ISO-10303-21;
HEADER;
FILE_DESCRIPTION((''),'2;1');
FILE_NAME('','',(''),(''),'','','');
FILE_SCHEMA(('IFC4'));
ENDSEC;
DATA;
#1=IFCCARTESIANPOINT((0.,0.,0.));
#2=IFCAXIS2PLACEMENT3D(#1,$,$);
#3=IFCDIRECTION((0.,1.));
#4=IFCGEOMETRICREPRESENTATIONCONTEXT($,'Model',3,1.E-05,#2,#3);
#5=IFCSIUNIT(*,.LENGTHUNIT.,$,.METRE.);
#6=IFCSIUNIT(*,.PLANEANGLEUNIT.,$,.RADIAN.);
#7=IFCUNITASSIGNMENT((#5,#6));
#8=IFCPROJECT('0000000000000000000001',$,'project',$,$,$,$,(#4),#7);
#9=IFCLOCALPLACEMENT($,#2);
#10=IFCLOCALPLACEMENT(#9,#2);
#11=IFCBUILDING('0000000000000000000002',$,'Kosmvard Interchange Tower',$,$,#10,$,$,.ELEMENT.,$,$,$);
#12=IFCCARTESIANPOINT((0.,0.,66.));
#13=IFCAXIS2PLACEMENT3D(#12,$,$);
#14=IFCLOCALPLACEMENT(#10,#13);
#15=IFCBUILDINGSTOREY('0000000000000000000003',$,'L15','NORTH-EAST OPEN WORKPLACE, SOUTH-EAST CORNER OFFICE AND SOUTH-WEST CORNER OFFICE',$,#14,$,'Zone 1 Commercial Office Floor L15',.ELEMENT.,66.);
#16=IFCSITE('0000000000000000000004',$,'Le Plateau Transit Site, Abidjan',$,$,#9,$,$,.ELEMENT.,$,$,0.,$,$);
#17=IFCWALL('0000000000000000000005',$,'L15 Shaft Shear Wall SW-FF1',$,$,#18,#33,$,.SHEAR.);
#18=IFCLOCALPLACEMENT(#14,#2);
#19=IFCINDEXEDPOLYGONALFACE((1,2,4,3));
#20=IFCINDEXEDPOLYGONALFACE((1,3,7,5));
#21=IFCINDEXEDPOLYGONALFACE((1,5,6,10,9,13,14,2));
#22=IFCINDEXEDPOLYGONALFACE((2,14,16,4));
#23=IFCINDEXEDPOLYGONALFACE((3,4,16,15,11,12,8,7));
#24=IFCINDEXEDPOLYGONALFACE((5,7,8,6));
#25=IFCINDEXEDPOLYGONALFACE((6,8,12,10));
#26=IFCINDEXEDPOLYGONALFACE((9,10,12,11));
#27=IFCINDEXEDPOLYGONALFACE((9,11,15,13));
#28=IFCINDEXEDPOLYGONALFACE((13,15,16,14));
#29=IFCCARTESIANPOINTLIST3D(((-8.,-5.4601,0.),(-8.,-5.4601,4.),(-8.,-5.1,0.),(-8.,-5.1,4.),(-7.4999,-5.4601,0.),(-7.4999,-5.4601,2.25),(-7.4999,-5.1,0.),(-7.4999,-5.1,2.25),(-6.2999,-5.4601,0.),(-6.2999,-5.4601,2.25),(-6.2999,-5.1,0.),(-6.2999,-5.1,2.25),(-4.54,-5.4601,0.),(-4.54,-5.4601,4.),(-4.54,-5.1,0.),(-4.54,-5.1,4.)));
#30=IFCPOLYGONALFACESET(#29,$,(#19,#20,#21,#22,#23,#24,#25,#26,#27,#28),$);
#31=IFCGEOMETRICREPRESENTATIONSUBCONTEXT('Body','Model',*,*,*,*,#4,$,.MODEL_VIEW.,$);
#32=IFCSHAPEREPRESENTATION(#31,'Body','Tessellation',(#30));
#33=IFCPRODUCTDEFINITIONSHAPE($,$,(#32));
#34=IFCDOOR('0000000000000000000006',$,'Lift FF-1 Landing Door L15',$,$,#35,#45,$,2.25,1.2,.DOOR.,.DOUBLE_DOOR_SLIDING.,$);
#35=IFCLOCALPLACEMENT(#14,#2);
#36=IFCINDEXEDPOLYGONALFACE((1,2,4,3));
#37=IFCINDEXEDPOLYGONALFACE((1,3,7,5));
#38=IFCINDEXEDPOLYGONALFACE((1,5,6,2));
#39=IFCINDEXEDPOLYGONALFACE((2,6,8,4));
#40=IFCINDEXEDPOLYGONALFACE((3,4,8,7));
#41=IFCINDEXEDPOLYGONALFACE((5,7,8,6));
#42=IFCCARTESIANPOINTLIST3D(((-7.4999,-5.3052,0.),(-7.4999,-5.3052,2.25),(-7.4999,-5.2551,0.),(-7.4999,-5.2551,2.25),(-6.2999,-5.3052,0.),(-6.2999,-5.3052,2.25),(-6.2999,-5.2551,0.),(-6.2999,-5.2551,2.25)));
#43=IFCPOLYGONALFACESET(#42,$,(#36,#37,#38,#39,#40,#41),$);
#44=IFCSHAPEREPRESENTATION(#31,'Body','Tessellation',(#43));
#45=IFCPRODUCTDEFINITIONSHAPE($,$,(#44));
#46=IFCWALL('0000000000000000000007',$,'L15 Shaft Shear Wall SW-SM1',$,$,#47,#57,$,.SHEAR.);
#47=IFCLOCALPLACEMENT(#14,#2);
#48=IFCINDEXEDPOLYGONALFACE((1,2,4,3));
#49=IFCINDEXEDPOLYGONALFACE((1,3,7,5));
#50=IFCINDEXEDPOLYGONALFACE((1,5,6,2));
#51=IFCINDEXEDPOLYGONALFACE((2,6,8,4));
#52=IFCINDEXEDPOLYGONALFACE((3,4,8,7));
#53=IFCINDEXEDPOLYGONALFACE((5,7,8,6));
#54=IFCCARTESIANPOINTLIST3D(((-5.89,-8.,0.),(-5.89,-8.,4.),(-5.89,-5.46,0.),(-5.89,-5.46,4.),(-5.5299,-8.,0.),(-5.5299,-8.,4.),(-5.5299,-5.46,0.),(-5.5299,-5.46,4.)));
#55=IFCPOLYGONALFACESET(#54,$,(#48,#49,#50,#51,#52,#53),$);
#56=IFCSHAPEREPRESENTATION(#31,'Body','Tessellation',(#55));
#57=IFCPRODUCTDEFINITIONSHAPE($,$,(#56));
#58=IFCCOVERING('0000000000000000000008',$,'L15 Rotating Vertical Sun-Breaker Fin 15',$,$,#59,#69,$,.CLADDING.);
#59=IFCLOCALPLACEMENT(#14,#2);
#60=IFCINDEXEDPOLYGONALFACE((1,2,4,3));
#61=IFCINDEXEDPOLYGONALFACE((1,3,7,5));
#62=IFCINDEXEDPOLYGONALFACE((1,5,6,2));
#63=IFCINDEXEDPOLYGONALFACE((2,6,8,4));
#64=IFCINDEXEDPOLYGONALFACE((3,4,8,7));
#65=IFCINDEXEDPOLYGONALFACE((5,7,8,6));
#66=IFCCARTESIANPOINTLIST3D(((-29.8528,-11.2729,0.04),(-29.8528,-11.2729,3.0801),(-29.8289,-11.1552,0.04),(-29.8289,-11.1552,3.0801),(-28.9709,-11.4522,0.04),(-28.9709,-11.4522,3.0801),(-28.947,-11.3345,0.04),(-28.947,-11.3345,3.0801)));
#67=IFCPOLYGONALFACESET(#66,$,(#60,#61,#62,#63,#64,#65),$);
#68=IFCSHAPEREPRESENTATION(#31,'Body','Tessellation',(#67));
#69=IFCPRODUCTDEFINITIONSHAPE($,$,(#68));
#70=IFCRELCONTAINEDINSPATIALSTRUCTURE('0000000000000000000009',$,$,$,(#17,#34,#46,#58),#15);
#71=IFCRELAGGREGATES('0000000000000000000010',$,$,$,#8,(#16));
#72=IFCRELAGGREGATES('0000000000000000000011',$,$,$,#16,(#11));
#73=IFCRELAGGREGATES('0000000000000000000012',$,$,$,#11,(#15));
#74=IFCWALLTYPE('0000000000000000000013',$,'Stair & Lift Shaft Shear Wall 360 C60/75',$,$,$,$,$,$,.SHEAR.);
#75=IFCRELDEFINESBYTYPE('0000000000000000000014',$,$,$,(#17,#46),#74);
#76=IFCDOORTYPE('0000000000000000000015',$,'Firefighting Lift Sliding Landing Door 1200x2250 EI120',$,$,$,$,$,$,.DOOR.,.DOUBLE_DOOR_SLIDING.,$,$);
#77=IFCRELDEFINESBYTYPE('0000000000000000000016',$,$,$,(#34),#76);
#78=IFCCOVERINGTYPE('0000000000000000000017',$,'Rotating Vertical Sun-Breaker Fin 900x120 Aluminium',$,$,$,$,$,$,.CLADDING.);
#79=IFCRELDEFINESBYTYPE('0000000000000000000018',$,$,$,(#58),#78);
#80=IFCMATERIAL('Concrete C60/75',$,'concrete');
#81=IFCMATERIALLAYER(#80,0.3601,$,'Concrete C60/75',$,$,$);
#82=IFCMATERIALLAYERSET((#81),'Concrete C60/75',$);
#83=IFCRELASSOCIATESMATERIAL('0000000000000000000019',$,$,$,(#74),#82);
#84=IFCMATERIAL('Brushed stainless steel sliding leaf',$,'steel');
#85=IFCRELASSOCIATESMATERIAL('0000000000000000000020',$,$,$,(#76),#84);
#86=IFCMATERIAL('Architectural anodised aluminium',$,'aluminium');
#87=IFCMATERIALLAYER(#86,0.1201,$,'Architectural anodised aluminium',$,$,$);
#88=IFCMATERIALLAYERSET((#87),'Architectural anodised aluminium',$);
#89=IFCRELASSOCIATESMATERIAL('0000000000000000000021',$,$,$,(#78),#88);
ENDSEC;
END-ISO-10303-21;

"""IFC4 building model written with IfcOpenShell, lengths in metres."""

from ifc_helpers import new_model, si_unit, direction, frame, frame_2d, origin, origin_2d, place, context, subcontext, project, spatial, rectangle, extrude, source, transform, mapped, material, layer, layer_set, type_object, element, fill, save


model = new_model("IFC4")

# Units and contexts
model_context = context("Model", 3, precision=1e-05, world=origin(), true_north=direction((0.0, 1.0)))
body_context = subcontext(model_context, "Body", "Model", "MODEL_VIEW")
ifc_project = project(units=[si_unit("LENGTHUNIT", "METRE"), si_unit("PLANEANGLEUNIT", "RADIAN")], contexts=[model_context])

# Site, building, storey
site_placement = place(None, origin())
site = spatial("IfcSite", under=ifc_project, at=site_placement, Name="Le Plateau Transit Site, Abidjan", CompositionType="ELEMENT", RefElevation=0.0)
building_placement = place(site_placement, origin())
building = spatial("IfcBuilding", under=site, at=building_placement, Name="Kosmvard Interchange Tower", CompositionType="ELEMENT")
storey_placement = place(building_placement, frame((0.0, 0.0, 66.0)))
storey = spatial("IfcBuildingStorey", under=building, at=storey_placement, Name="L15", Description="NORTH-EAST OPEN WORKPLACE, SOUTH-EAST CORNER OFFICE AND SOUTH-WEST CORNER OFFICE", LongName="Zone 1 Commercial Office Floor L15", CompositionType="ELEMENT", Elevation=66.0)

# Shared definitions
ifc_material_1 = material(Name="Concrete C60/75", Category="concrete")

# Shared definitions
ifc_material_2 = material(Name="Brushed stainless steel sliding leaf", Category="steel")

# Shared definitions
ifc_layer_1 = layer(ifc_material_1, 0.3601, Name="Concrete C60/75")
ifc_layer_set_1 = layer_set([ifc_layer_1], Name="Concrete C60/75")
wall_type_1 = type_object("IfcWallType", Name="Stair & Lift Shaft Shear Wall 360 C60/75", PredefinedType="SHEAR", material=ifc_layer_set_1)

# Wall, opening, door
wall_1_placement = place(storey_placement, frame((-8.0, -5.28, 0.0), z_axis=(0.0, 0.0, 1.0), x_axis=(1.0, 0.0, 0.0)))
wall_1 = element("IfcWall", 1, at=wall_1_placement, inside=storey, type_object=wall_type_1, Name="L15 Shaft Shear Wall SW-FF1", PredefinedType="SHEAR", context=body_context, shape_type="SweptSolid", body=[
    extrude(rectangle(XDim=3.46, YDim=0.3601, at=frame_2d((1.73, 0.0))), origin(), (0.0, 0.0, 1.0), 4.0),
])
opening_1_placement = place(wall_1_placement, frame((0.5, 0.0, 0.0)))
opening_1 = element("IfcOpeningElement", 2, at=opening_1_placement, cuts=wall_1, PredefinedType="OPENING", context=body_context, shape_type="SweptSolid", body=[
    extrude(rectangle(XDim=1.2, YDim=2.25, at=frame_2d((0.6001, 1.125))), frame((0.0, 0.1899, 0.0), z_axis=(0.0, -1.0, 0.0), x_axis=(1.0, 0.0, 0.0)), (0.0, 0.0, 1.0), 0.3801),
])
door_type_1 = type_object("IfcDoorType", Name="Firefighting Lift Sliding Landing Door 1200x2250 EI120", OperationType="DOUBLE_DOOR_SLIDING", PredefinedType="DOOR", material=ifc_material_2)
shared_shape_1 = source(origin(), body_context, "Body", "SweptSolid", [
    extrude(rectangle(XDim=1.2, YDim=2.25, at=frame_2d((0.6001, 1.125))), frame((0.0, 0.0249, 0.0), z_axis=(0.0, -1.0, 0.0), x_axis=(1.0, 0.0, 0.0)), (0.0, 0.0, 1.0), 0.05),
])
door_1_placement = place(opening_1_placement, origin())
door_1 = element("IfcDoor", 3, at=door_1_placement, inside=storey, type_object=door_type_1, Name="Lift FF-1 Landing Door L15", OperationType="DOUBLE_DOOR_SLIDING", OverallHeight=2.25, OverallWidth=1.2, PredefinedType="DOOR", context=body_context, shape_type="MappedRepresentation", body=[
    mapped(shared_shape_1, transform((0.0, 0.0, 0.0), scale=1.0)),
])
fill(opening_1, door_1)

# Wall
wall_2_placement = place(storey_placement, frame((-5.71, -8.0, 0.0), z_axis=(0.0, 0.0, 1.0), x_axis=(0.0, 1.0, 0.0)))
element("IfcWall", 4, at=wall_2_placement, inside=storey, type_object=wall_type_1, Name="L15 Shaft Shear Wall SW-SM1", PredefinedType="SHEAR", context=body_context, shape_type="SweptSolid", body=[
    extrude(rectangle(XDim=2.54, YDim=0.3601, at=frame_2d((1.27, 0.0))), origin(), (0.0, 0.0, 1.0), 4.0),
])

# Covering
ifc_material_3 = material(Name="Architectural anodised aluminium", Category="aluminium")
ifc_layer_2 = layer(ifc_material_3, 0.1201, Name="Architectural anodised aluminium")
ifc_layer_set_2 = layer_set([ifc_layer_2], Name="Architectural anodised aluminium")
covering_type = type_object("IfcCoveringType", Name="Rotating Vertical Sun-Breaker Fin 900x120 Aluminium", PredefinedType="CLADDING", material=ifc_layer_set_2)
shared_shape_2 = source(origin(), body_context, "Body", "SweptSolid", [
    extrude(rectangle(XDim=0.8999, YDim=0.1201, at=origin_2d()), origin(), (0.0, 0.0, 1.0), 3.04),
])
covering_placement = place(storey_placement, frame((-29.3999, -11.3037, 0.04), z_axis=(0.0, 0.0, 1.0), x_axis=(-0.979959, 0.199197, 0.0)))
element("IfcCovering", 5, at=covering_placement, inside=storey, type_object=covering_type, Name="L15 Rotating Vertical Sun-Breaker Fin 15", PredefinedType="CLADDING", context=body_context, shape_type="MappedRepresentation", body=[
    mapped(shared_shape_2, transform((0.0, 0.0, 0.0), scale=1.0)),
])

save(model, "model.ifc")
